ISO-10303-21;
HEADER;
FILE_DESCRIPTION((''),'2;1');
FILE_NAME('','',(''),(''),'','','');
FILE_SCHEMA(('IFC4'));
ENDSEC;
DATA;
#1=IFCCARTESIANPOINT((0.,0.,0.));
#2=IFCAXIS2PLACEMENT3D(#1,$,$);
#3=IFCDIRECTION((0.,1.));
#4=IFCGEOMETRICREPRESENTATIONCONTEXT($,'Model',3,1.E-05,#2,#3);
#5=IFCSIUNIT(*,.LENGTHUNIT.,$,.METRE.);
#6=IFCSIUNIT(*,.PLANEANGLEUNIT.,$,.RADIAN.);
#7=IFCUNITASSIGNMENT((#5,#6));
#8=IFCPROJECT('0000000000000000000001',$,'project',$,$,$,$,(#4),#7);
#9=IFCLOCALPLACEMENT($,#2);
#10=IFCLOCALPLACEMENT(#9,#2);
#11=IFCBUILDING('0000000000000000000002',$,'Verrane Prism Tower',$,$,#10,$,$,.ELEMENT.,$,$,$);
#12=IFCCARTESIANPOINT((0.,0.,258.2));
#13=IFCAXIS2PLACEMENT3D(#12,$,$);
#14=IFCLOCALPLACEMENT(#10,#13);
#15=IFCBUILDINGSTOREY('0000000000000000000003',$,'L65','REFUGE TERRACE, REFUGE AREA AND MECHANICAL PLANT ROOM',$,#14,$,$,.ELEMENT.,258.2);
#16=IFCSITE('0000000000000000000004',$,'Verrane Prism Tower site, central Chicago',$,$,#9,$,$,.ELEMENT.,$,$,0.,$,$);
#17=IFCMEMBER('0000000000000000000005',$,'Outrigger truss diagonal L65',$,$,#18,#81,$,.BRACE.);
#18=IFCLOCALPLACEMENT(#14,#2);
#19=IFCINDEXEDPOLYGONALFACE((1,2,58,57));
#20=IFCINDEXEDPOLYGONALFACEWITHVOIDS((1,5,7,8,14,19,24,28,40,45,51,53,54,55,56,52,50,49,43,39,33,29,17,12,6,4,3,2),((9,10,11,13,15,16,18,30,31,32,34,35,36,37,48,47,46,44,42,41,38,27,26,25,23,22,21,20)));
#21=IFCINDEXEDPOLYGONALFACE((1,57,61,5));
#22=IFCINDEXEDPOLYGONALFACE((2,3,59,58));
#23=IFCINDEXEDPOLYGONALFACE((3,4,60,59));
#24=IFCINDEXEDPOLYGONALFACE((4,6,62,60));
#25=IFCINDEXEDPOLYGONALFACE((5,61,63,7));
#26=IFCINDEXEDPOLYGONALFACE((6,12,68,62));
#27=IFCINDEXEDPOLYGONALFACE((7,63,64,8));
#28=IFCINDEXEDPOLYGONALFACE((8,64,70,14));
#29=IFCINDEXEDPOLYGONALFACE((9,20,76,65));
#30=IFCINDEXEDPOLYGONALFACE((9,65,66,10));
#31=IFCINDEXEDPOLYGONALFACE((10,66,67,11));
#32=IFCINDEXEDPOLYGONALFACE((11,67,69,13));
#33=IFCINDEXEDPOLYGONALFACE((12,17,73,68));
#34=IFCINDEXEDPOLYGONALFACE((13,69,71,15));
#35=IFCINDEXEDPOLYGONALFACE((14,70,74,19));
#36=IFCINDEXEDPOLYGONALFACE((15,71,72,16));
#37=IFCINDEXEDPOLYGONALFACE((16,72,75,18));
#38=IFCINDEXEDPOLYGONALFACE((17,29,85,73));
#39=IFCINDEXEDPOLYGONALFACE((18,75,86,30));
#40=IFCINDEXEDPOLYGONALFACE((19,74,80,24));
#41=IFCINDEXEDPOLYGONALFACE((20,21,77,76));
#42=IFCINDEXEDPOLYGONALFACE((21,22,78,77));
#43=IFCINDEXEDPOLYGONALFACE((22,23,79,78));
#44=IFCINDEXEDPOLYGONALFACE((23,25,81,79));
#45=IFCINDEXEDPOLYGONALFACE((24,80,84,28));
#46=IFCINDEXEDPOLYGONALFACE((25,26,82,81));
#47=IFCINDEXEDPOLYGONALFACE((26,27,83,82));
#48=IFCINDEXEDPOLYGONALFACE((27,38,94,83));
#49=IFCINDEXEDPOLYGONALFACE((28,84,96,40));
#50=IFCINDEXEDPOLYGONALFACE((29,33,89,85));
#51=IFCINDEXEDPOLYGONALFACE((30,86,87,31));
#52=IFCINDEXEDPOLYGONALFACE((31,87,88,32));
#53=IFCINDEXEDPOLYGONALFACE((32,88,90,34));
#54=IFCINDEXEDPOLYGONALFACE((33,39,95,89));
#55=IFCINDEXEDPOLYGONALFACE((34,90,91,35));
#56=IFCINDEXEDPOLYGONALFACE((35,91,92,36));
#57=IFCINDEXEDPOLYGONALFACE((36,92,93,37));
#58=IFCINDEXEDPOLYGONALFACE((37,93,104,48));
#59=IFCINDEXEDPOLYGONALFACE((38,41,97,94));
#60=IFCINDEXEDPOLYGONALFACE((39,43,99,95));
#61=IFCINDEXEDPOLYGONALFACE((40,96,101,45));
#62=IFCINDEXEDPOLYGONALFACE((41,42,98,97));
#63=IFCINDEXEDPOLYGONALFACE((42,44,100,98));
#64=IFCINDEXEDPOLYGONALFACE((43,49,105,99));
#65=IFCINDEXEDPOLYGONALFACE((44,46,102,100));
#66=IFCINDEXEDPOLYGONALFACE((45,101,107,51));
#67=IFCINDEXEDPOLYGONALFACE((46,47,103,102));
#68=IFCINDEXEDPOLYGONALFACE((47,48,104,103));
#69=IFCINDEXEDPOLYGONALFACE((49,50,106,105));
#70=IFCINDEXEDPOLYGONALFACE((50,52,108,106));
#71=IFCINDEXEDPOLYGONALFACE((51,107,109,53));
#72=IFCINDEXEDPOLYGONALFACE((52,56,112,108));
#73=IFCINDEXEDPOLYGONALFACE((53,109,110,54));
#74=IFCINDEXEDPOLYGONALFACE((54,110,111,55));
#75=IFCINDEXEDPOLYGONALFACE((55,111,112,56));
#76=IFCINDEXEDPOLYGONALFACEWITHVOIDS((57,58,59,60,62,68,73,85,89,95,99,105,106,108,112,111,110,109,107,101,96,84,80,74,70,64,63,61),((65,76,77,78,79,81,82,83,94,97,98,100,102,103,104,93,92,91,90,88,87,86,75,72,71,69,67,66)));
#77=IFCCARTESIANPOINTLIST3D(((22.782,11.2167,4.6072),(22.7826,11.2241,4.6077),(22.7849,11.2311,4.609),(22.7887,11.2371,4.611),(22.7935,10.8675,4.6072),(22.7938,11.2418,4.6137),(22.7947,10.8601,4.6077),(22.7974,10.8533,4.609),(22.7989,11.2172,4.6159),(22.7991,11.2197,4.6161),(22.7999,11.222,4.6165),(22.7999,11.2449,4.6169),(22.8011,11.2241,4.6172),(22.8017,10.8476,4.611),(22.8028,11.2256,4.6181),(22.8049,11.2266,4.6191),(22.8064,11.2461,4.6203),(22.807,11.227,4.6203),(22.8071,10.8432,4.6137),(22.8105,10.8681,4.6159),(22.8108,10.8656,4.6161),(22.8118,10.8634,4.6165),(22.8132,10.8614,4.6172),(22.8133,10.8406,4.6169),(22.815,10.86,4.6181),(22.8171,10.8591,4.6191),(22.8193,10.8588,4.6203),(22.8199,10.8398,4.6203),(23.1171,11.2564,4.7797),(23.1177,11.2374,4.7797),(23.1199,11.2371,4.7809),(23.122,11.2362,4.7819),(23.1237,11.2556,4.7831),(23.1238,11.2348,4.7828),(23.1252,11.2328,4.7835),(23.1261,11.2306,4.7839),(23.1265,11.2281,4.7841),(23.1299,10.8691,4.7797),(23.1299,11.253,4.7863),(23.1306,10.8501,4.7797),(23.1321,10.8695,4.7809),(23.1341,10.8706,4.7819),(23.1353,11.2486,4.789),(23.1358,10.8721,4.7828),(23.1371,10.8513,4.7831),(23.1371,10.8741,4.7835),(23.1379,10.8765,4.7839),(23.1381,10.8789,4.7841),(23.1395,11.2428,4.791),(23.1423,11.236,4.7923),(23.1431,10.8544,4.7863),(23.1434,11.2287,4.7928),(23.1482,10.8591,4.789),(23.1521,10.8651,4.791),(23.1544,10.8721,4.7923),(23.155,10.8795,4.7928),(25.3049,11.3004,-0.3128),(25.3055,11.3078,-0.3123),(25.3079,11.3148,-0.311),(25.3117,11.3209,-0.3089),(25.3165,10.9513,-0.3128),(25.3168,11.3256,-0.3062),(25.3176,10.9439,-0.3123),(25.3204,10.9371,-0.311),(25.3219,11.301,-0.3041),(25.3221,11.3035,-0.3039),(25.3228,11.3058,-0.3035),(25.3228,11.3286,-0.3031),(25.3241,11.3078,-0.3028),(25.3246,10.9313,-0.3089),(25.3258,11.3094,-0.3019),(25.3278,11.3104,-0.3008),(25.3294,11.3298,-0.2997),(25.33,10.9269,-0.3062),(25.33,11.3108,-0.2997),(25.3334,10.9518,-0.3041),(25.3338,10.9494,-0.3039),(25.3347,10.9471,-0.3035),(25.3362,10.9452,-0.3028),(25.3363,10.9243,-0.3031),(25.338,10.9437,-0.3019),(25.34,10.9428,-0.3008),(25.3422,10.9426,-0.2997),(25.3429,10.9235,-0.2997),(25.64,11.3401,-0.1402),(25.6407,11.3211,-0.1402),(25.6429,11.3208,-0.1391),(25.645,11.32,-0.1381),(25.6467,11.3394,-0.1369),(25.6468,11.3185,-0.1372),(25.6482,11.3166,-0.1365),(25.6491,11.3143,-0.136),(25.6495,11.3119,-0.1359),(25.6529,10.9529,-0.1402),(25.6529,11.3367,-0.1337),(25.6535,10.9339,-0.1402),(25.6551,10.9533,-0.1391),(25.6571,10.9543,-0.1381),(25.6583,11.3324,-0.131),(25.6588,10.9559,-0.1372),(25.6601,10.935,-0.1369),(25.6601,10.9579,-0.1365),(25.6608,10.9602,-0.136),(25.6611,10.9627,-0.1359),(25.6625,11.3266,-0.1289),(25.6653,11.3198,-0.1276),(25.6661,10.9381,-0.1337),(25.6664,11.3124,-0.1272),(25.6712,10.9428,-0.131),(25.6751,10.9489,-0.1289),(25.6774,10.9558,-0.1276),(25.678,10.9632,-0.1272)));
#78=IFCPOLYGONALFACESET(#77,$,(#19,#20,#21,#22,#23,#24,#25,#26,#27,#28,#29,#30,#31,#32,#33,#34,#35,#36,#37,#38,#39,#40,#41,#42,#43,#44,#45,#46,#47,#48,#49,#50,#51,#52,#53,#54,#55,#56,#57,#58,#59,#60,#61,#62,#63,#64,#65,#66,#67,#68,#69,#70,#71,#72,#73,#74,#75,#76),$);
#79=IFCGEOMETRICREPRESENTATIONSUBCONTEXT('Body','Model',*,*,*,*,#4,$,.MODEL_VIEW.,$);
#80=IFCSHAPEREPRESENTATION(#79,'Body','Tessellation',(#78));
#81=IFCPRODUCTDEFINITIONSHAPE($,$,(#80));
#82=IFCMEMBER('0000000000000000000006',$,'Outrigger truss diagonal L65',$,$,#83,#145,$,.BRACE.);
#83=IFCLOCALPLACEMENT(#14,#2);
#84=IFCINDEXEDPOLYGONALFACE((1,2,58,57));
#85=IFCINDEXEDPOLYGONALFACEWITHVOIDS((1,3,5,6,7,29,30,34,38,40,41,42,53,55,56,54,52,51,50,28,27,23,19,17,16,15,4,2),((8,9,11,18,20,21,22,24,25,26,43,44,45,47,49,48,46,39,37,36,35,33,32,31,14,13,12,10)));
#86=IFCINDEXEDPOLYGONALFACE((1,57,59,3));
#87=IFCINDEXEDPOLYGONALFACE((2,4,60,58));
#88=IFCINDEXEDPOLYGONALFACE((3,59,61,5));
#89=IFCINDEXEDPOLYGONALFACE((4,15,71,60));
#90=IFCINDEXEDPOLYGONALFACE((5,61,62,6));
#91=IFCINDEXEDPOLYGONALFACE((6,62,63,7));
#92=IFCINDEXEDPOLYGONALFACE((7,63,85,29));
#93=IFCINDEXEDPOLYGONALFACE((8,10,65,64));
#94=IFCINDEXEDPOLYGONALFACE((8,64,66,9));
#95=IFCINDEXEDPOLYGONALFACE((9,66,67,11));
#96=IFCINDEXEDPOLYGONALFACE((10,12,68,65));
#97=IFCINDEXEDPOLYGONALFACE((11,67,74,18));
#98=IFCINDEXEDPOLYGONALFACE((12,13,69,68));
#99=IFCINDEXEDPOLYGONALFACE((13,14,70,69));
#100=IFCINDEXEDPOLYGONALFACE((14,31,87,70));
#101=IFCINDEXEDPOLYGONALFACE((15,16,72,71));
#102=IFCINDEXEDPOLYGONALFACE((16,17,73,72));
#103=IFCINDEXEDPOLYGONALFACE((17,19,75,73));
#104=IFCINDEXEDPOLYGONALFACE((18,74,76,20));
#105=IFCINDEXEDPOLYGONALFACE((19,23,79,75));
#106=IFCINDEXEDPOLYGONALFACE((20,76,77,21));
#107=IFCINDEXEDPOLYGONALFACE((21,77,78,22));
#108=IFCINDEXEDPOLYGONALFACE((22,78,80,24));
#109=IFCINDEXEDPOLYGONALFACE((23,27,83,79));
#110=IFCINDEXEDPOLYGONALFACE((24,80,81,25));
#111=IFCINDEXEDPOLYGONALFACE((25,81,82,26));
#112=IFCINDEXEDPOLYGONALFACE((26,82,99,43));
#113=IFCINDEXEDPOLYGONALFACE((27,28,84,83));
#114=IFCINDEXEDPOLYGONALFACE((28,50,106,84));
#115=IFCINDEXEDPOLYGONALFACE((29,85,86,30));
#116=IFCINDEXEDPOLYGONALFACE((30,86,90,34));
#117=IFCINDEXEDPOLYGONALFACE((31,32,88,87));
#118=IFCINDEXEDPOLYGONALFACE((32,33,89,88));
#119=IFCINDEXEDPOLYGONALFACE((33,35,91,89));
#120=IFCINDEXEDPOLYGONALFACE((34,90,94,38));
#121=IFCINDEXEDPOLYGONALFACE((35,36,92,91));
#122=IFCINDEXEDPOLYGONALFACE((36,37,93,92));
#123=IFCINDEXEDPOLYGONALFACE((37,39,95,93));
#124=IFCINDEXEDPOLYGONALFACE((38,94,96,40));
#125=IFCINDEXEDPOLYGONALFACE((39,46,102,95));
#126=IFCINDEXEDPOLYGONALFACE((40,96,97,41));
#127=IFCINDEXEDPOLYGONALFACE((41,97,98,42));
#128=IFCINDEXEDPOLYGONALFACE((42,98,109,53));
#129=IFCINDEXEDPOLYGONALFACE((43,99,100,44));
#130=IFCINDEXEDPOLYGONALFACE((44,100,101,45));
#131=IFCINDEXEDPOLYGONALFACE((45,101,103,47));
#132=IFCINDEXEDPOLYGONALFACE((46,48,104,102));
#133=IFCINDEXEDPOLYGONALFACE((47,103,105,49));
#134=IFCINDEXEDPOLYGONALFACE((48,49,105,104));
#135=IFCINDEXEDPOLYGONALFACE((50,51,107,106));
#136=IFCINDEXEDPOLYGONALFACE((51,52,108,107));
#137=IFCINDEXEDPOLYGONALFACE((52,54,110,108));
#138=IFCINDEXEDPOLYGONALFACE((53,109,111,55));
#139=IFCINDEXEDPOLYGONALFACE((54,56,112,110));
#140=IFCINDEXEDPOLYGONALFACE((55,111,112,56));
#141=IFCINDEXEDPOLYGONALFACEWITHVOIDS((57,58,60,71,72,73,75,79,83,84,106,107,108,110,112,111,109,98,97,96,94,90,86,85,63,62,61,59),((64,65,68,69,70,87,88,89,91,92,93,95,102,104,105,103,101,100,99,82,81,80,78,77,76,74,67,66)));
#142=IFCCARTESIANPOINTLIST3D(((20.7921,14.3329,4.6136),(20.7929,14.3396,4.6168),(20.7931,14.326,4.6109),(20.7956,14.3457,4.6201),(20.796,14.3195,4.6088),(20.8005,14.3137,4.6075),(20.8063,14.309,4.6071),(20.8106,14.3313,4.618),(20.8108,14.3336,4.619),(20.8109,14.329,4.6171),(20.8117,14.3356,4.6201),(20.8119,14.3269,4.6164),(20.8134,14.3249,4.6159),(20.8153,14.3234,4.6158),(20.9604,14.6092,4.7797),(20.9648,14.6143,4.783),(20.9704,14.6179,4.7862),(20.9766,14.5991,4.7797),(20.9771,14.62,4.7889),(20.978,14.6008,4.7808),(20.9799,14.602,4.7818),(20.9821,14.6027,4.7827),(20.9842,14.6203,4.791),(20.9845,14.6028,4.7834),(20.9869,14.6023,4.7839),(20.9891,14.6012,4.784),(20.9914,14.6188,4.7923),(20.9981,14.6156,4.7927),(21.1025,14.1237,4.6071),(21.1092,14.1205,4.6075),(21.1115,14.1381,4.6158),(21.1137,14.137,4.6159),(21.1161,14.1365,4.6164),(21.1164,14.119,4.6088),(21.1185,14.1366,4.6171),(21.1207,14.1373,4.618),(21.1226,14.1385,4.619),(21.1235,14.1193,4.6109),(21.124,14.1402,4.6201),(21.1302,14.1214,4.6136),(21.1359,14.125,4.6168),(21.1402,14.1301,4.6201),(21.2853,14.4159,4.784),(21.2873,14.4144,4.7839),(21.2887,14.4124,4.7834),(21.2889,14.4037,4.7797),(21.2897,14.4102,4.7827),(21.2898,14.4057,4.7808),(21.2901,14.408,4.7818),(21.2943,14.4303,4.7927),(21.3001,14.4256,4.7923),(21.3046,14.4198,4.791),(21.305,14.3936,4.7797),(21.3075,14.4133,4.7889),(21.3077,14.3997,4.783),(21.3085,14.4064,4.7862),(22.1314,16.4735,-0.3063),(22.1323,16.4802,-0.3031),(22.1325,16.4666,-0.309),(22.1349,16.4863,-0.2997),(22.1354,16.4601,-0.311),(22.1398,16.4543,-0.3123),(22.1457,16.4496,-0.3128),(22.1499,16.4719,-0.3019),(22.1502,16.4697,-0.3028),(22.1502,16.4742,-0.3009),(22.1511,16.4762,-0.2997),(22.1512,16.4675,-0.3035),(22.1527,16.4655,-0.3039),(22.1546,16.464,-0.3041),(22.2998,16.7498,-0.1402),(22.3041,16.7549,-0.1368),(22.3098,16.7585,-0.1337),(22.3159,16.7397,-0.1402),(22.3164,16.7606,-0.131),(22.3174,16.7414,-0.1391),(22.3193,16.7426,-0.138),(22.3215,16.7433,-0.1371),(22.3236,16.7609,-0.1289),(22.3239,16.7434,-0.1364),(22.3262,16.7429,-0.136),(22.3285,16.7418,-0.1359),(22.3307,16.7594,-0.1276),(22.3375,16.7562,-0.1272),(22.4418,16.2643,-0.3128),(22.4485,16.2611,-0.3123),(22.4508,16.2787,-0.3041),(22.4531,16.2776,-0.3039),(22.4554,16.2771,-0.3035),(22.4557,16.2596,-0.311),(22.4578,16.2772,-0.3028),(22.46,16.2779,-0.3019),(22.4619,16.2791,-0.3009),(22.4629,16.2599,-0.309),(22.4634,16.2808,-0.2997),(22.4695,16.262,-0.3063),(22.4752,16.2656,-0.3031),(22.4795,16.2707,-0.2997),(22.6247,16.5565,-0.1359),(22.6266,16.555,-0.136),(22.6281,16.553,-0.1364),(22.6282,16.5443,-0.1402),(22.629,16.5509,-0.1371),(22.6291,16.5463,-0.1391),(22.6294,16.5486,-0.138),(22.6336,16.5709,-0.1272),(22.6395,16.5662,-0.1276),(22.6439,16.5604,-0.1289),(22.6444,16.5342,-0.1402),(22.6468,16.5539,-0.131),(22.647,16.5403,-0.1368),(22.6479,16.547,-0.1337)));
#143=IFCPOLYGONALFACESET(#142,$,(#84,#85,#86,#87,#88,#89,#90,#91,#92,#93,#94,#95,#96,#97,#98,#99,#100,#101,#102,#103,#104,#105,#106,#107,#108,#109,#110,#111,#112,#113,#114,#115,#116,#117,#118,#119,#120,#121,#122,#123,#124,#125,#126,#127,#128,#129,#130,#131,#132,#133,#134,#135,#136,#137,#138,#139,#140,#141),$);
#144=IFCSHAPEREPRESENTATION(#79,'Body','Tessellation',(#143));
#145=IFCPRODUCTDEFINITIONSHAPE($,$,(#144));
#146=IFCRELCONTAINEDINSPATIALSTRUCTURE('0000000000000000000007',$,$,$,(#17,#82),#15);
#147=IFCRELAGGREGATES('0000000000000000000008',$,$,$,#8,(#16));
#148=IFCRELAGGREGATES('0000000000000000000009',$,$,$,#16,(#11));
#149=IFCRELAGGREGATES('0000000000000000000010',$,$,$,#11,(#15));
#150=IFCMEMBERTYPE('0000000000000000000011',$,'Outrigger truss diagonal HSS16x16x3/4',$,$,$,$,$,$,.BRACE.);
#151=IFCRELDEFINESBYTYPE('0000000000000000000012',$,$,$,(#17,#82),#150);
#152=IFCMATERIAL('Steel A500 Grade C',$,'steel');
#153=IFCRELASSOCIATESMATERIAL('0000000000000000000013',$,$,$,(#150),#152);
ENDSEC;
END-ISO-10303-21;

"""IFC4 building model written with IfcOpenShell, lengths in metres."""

from ifc_helpers import new_model, si_unit, direction, frame, origin, origin_2d, place, context, subcontext, project, spatial, hollow_rectangle, extrude, material, material_profile, profile_set, type_object, element, save


model = new_model("IFC4")

# Units and contexts
model_context = context("Model", 3, precision=1e-05, world=origin(), true_north=direction((0.0, 1.0)))
body_context = subcontext(model_context, "Body", "Model", "MODEL_VIEW")
ifc_project = project(units=[si_unit("LENGTHUNIT", "METRE"), si_unit("PLANEANGLEUNIT", "RADIAN")], contexts=[model_context])

# Site, building, storey
site_placement = place(None, origin())
site = spatial("IfcSite", under=ifc_project, at=site_placement, Name="Verrane Prism Tower site, central Chicago", CompositionType="ELEMENT", RefElevation=0.0)
building_placement = place(site_placement, origin())
building = spatial("IfcBuilding", under=site, at=building_placement, Name="Verrane Prism Tower", CompositionType="ELEMENT")
storey_placement = place(building_placement, frame((0.0, 0.0, 258.2)))
storey = spatial("IfcBuildingStorey", under=building, at=storey_placement, Name="L65", Description="REFUGE TERRACE, REFUGE AREA AND MECHANICAL PLANT ROOM", CompositionType="ELEMENT", Elevation=258.2)

# Members
ifc_material_1 = material(Name="Steel A500 Grade C", Category="steel")
ifc_material_profile_1 = material_profile(ifc_material_1, hollow_rectangle(XDim=0.4065, YDim=0.4065, WallThickness=0.019, InnerFilletRadius=0.0095, OuterFilletRadius=0.0286, at=origin_2d()), Name="HSS16x16x3/4")
ifc_profile_set_1 = profile_set([ifc_material_profile_1], Name="Steel A500 Grade C")
member_type_1 = type_object("IfcMemberType", Name="Outrigger truss diagonal HSS16x16x3/4", PredefinedType="BRACE", material=ifc_profile_set_1)
member_1_placement = place(storey_placement, frame((25.4915, 11.1318, -0.22), z_axis=(-0.456252, -0.015144, 0.889722), x_axis=(0.033173, -0.99945, 0.0)))
element("IfcMember", 1, at=member_1_placement, inside=storey, type_object=member_type_1, Name="Outrigger truss diagonal L65", PredefinedType="BRACE", context=body_context, shape_type="SweptSolid", body=[
    extrude(hollow_rectangle(XDim=0.4065, YDim=0.4065, WallThickness=0.019, InnerFilletRadius=0.0095, OuterFilletRadius=0.0286, at=origin_2d()), origin(), (0.0, 0.0, 1.0), 5.5298),
])
member_2_placement = place(storey_placement, frame((22.3896, 16.5103, -0.22), z_axis=(-0.242195, -0.387088, 0.889666), x_axis=(0.847737, -0.530416, 0.0)))
element("IfcMember", 2, at=member_2_placement, inside=storey, type_object=member_type_1, Name="Outrigger truss diagonal L65", PredefinedType="BRACE", context=body_context, shape_type="SweptSolid", body=[
    extrude(hollow_rectangle(XDim=0.4065, YDim=0.4065, WallThickness=0.019, InnerFilletRadius=0.0095, OuterFilletRadius=0.0286, at=origin_2d()), origin(), (0.0, 0.0, 1.0), 5.53),
])

save(model, "model.ifc")
